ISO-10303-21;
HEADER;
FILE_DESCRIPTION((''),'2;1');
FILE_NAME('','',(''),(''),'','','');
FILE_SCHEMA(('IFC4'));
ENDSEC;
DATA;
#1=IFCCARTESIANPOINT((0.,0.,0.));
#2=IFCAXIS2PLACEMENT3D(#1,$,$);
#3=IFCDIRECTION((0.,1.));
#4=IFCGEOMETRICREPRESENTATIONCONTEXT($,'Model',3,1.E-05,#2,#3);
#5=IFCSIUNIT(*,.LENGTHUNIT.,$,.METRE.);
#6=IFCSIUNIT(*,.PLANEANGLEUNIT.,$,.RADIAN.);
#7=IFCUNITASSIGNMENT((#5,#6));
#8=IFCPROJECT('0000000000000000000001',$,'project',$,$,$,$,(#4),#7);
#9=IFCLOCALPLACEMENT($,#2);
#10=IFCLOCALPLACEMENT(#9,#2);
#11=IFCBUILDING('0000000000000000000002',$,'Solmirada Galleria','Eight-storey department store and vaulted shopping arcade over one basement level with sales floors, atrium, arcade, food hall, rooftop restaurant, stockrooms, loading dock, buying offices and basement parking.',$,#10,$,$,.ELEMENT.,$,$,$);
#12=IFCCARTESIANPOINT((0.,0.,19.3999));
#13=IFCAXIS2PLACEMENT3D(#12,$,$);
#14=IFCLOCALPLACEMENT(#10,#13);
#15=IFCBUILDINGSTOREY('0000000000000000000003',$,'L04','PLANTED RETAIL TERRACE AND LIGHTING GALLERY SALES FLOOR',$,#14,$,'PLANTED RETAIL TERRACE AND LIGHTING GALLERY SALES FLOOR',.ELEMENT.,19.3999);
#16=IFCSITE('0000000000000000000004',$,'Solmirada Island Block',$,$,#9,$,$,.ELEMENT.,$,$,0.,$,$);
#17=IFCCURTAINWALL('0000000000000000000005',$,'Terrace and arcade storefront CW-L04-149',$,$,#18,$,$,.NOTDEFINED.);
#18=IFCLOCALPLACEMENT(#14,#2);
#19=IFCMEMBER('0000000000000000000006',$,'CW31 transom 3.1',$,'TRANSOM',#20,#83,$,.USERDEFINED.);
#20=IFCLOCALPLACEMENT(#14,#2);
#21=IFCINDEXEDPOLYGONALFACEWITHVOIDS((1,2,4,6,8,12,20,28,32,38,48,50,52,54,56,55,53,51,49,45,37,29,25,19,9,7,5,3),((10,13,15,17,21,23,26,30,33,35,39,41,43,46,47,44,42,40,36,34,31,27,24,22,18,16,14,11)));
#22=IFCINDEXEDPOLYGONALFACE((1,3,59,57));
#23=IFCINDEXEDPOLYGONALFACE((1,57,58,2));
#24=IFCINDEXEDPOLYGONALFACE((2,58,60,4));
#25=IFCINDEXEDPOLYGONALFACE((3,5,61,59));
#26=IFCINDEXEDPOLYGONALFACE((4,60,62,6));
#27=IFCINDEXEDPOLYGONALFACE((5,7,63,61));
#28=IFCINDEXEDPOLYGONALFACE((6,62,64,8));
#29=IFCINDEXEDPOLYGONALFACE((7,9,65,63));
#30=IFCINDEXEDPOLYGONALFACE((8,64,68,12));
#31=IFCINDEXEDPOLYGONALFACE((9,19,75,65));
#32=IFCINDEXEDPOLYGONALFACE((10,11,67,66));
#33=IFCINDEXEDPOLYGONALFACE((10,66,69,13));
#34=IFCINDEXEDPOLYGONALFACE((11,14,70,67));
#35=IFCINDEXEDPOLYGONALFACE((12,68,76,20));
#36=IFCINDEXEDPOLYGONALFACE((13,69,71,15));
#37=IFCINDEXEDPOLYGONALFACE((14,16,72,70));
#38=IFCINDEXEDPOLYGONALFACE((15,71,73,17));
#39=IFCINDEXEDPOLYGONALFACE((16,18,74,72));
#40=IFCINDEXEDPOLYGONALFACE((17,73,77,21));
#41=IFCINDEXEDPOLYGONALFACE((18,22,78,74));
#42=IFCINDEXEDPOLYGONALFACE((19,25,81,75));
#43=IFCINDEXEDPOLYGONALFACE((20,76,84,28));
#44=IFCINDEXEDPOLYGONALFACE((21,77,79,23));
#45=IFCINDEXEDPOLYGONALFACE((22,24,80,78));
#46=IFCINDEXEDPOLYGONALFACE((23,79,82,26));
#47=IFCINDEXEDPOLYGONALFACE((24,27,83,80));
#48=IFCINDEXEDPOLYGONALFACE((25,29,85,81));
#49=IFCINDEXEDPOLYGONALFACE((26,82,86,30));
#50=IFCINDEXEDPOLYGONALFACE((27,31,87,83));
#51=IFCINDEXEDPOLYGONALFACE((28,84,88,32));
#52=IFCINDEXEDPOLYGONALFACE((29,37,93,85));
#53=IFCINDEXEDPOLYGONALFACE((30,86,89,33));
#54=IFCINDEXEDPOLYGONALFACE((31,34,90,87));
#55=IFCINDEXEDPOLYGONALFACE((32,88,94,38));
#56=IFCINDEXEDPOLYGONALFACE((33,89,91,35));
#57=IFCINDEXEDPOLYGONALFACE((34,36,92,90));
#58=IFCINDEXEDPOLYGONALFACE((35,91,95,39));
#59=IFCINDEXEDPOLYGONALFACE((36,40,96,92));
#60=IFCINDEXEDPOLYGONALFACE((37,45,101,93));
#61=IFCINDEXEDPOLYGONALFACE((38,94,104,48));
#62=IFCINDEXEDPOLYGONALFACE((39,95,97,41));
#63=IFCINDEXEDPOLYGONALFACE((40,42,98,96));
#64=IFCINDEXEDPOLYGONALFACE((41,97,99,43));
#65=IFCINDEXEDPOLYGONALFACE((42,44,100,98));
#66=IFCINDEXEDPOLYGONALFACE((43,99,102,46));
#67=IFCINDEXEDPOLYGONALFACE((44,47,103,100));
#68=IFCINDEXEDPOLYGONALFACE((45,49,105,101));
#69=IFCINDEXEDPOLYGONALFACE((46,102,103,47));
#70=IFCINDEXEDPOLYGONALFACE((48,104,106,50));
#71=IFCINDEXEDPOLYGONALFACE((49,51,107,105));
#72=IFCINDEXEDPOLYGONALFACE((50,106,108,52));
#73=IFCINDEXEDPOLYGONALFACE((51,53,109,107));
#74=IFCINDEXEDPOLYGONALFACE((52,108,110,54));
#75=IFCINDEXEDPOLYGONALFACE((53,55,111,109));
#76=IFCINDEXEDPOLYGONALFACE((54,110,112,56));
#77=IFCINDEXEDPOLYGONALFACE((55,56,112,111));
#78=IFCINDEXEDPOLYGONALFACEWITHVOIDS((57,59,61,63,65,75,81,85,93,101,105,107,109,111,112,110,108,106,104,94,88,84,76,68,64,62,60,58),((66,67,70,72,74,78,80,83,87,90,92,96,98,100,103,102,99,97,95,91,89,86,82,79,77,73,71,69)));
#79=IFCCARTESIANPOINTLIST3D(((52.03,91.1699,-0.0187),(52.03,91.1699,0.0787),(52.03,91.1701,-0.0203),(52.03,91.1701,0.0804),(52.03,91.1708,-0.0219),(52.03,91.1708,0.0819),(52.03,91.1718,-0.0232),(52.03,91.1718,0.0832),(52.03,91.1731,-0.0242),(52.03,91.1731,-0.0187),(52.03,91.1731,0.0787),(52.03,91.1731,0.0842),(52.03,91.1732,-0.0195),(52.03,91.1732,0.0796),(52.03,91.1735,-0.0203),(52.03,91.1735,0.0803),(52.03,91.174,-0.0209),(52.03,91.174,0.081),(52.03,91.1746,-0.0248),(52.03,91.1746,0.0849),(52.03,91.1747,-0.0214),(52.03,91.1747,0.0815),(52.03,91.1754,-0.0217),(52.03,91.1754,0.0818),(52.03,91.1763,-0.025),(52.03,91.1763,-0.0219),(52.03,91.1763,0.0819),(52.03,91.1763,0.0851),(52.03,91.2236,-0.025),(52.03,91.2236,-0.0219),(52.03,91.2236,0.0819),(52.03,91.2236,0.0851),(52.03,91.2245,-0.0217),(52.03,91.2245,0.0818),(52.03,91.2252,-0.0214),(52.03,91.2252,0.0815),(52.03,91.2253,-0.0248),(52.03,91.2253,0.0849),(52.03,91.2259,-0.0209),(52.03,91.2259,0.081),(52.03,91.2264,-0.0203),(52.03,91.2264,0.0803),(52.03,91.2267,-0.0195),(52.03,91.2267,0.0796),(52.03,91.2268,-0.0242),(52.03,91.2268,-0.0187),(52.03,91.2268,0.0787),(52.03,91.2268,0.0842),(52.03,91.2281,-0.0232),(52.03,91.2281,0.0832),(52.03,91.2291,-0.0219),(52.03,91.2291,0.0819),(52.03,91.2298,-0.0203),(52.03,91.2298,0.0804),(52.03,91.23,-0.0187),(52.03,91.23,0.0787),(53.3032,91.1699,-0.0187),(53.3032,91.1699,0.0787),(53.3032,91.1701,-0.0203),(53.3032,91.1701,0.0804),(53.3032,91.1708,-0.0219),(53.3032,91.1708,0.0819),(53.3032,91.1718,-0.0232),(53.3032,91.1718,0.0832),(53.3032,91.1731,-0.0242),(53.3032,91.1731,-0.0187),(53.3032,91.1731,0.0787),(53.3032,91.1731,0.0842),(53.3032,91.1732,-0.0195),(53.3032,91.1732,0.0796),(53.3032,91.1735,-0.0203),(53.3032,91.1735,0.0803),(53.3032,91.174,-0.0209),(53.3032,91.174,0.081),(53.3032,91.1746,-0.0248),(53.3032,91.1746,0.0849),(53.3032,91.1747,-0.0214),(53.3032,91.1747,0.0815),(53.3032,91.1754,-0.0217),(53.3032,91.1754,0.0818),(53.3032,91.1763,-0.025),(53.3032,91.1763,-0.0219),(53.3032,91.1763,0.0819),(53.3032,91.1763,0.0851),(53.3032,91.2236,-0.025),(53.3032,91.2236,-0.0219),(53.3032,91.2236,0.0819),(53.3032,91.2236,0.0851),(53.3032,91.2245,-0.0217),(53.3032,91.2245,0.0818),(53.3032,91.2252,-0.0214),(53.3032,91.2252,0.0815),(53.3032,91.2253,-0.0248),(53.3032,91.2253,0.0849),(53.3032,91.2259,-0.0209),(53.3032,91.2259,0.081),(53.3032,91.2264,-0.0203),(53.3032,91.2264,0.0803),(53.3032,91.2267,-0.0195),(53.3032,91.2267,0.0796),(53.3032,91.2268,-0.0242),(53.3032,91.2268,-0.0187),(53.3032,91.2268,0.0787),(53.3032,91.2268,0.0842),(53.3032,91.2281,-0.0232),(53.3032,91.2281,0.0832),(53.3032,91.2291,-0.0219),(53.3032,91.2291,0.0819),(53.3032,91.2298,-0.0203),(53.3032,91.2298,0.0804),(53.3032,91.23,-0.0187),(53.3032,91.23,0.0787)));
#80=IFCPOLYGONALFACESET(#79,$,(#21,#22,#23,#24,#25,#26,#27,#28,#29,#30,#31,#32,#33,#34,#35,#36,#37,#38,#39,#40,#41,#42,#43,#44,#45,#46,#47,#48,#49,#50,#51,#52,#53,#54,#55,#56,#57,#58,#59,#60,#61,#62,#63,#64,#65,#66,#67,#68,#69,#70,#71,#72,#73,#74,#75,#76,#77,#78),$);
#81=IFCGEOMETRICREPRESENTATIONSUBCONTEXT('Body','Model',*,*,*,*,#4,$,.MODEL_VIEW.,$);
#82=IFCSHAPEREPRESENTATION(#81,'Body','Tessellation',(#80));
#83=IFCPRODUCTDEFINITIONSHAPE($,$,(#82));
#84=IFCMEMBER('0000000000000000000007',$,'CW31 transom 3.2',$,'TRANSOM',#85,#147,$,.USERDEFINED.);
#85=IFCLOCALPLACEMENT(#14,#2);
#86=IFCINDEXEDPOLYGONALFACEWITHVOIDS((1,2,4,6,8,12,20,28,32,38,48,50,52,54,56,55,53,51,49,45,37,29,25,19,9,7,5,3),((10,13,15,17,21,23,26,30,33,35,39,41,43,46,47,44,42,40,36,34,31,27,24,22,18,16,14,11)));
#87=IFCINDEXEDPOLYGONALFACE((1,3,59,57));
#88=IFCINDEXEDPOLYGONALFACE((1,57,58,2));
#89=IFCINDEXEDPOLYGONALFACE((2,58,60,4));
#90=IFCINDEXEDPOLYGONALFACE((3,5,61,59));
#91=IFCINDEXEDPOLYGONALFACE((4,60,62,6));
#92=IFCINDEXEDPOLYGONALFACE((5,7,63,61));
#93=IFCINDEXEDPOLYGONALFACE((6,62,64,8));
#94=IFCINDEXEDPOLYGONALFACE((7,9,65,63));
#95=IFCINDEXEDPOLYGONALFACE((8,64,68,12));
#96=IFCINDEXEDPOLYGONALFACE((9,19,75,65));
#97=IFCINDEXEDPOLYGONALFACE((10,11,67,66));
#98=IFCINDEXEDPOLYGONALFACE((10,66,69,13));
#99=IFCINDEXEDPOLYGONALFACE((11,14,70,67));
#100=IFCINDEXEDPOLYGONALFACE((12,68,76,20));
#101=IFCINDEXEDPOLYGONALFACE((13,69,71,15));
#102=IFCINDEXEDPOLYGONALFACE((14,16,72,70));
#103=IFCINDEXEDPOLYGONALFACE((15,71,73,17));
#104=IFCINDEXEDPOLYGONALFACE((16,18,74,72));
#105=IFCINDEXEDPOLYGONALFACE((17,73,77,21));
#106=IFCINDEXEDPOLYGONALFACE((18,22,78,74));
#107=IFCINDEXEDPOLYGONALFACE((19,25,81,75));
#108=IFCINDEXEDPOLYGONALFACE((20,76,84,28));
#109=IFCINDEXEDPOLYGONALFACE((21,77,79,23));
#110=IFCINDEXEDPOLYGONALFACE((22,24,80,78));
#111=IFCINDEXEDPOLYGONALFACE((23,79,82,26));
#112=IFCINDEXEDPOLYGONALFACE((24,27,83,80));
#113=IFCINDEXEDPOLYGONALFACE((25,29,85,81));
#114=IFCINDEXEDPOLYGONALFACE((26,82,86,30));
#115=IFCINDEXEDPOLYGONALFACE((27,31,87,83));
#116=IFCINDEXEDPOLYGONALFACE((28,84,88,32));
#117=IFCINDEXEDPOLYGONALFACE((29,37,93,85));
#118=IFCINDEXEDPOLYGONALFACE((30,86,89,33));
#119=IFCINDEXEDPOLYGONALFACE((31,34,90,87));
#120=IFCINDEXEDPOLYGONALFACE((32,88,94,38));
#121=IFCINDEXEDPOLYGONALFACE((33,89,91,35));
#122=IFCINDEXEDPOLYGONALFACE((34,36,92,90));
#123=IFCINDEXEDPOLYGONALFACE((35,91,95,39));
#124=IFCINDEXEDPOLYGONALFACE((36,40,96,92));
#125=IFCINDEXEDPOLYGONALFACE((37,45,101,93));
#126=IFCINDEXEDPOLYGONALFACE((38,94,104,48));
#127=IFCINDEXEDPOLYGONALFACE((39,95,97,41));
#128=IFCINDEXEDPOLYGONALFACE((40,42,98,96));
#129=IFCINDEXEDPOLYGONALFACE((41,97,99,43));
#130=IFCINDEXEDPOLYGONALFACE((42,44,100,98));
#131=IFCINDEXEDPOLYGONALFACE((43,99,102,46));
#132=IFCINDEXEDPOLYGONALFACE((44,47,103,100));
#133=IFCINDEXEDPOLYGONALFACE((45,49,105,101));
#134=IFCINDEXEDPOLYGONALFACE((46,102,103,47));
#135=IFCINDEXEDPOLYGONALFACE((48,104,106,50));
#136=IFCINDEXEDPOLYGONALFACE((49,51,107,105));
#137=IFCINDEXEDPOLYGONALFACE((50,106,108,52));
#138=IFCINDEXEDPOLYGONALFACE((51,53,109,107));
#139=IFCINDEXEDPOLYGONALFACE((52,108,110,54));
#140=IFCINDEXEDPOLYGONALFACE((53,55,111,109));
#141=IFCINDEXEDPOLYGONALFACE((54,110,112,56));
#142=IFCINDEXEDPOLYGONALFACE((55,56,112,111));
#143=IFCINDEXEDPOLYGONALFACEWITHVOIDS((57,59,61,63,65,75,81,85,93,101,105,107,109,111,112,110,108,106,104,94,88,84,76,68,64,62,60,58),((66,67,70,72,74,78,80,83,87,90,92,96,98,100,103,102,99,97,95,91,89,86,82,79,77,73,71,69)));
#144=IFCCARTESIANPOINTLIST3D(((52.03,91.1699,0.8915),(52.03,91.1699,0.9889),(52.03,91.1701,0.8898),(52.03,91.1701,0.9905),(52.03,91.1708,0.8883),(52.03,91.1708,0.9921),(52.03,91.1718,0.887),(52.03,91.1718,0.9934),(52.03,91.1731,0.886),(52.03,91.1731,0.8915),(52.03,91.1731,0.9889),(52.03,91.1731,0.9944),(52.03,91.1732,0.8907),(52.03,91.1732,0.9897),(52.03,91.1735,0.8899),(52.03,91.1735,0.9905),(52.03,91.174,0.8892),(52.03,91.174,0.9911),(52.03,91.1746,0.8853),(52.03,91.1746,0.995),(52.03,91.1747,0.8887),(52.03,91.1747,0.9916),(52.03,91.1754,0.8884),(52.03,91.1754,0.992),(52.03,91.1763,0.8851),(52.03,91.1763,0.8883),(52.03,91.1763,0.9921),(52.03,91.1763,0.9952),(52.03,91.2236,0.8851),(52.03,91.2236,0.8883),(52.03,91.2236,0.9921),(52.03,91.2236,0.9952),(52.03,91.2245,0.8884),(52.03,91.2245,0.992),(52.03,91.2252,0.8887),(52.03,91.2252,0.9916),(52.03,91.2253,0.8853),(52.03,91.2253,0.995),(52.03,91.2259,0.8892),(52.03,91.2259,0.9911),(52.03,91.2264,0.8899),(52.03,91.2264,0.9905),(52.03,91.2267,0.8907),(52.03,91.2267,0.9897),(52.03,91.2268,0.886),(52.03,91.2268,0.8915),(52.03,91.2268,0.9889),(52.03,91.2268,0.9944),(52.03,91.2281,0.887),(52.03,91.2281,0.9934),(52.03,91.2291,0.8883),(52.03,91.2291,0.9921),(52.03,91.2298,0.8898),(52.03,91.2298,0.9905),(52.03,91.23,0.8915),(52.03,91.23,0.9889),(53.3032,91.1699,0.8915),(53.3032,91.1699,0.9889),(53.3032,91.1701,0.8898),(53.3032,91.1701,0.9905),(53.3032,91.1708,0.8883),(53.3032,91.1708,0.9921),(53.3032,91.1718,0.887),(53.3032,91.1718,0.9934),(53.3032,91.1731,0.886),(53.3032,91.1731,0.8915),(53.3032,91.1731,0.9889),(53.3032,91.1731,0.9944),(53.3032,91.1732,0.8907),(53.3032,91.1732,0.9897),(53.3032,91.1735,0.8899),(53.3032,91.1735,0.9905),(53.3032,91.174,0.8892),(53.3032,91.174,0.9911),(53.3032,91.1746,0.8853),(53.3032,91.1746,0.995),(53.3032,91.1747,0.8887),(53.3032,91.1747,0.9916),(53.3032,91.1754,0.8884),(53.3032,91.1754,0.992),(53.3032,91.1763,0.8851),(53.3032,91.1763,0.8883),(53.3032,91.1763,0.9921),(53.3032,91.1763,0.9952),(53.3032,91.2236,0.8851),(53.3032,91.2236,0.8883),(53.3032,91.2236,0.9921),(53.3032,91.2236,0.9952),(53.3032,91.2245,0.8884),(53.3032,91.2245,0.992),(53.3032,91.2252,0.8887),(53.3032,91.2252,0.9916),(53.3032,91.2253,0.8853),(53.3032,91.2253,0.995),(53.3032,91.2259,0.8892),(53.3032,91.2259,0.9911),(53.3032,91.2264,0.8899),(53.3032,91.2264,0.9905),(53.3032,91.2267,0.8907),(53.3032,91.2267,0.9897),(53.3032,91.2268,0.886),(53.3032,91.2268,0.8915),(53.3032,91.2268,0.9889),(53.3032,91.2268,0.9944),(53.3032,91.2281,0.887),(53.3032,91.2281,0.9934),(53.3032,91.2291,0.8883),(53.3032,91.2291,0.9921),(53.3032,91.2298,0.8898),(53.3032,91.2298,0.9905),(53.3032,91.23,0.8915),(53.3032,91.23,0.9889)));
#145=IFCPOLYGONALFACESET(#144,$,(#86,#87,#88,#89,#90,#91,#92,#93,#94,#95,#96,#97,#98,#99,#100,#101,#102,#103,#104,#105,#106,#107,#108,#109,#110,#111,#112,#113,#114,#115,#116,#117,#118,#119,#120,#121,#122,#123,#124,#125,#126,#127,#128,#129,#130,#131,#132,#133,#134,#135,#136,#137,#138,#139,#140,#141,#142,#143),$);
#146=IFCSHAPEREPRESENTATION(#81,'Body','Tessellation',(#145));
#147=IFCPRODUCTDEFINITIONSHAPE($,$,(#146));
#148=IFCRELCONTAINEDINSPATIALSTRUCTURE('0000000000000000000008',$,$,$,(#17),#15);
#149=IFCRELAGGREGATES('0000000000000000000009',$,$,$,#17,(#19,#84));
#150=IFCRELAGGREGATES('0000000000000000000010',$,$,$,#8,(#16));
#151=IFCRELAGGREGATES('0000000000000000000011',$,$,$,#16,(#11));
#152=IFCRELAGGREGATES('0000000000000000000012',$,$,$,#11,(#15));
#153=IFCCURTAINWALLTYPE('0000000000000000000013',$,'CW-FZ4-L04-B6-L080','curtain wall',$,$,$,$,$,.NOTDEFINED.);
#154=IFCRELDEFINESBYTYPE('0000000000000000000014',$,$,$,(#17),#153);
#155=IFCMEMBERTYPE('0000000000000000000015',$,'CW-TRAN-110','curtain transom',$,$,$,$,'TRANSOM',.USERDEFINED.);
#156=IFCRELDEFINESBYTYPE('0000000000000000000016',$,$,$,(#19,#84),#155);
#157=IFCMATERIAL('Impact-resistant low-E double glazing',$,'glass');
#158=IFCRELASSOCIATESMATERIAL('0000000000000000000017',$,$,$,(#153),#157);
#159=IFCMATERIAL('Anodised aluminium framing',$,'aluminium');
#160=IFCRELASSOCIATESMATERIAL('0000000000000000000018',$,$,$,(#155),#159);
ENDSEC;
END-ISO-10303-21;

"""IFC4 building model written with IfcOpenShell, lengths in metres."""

from ifc_helpers import new_model, si_unit, direction, frame, origin, origin_2d, place, context, subcontext, project, spatial, hollow_rectangle, extrude, material, material_profile, profile_set, type_object, element, aggregate, save


model = new_model("IFC4")

# Units and contexts
model_context = context("Model", 3, precision=1e-05, world=origin(), true_north=direction((0.0, 1.0)))
body_context = subcontext(model_context, "Body", "Model", "MODEL_VIEW")
ifc_project = project(units=[si_unit("LENGTHUNIT", "METRE"), si_unit("PLANEANGLEUNIT", "RADIAN")], contexts=[model_context])

# Site, building, storey
site_placement = place(None, origin())
site = spatial("IfcSite", under=ifc_project, at=site_placement, Name="Solmirada Island Block", CompositionType="ELEMENT", RefElevation=0.0)
building_placement = place(site_placement, origin())
building = spatial("IfcBuilding", under=site, at=building_placement, Name="Solmirada Galleria", Description="Eight-storey department store and vaulted shopping arcade over one basement level with sales floors, atrium, arcade, food hall, rooftop restaurant, stockrooms, loading dock, buying offices and basement parking.", CompositionType="ELEMENT")
storey_placement = place(building_placement, frame((0.0, 0.0, 19.3999)))
storey = spatial("IfcBuildingStorey", under=building, at=storey_placement, Name="L04", Description="PLANTED RETAIL TERRACE AND LIGHTING GALLERY SALES FLOOR", LongName="PLANTED RETAIL TERRACE AND LIGHTING GALLERY SALES FLOOR", CompositionType="ELEMENT", Elevation=19.3999)

# Curtain wall, members
ifc_material_1 = material(Name="Impact-resistant low-E double glazing", Category="glass")
curtain_wall_type = type_object("IfcCurtainWallType", Name="CW-FZ4-L04-B6-L080", Description="curtain wall", PredefinedType="NOTDEFINED", material=ifc_material_1)
curtain_wall_placement = place(storey_placement, origin())
curtain_wall = element("IfcCurtainWall", 1, at=curtain_wall_placement, inside=storey, type_object=curtain_wall_type, Name="Terrace and arcade storefront CW-L04-149", PredefinedType="NOTDEFINED")
ifc_material_2 = material(Name="Anodised aluminium framing", Category="aluminium")
ifc_material_profile_1 = material_profile(ifc_material_2, hollow_rectangle(XDim=0.0601, YDim=0.1101, WallThickness=0.0032, InnerFilletRadius=0.0032, OuterFilletRadius=0.0063, at=origin_2d()), Name="ALU-TRAN-110X60")
ifc_profile_set_1 = profile_set([ifc_material_profile_1], Name="Anodised aluminium framing")
member_type_1 = type_object("IfcMemberType", Name="CW-TRAN-110", Description="curtain transom", ElementType="TRANSOM", PredefinedType="USERDEFINED", material=ifc_profile_set_1)
member_1_placement = place(storey_placement, frame((53.3032, 91.2, 0.03), z_axis=(-1.0, 0.0, 0.0), x_axis=(0.0, -1.0, 0.0)))
member_1 = element("IfcMember", 2, at=member_1_placement, type_object=member_type_1, Name="CW31 transom 3.1", ObjectType="TRANSOM", PredefinedType="USERDEFINED", context=body_context, shape_type="SweptSolid", body=[
    extrude(hollow_rectangle(XDim=0.0601, YDim=0.1101, WallThickness=0.0032, InnerFilletRadius=0.0032, OuterFilletRadius=0.0063, at=origin_2d()), origin(), (0.0, 0.0, 1.0), 1.2732),
])
member_2_placement = place(storey_placement, frame((53.3032, 91.2, 0.9402), z_axis=(-1.0, 0.0, 0.0), x_axis=(0.0, -1.0, 0.0)))
member_2 = element("IfcMember", 3, at=member_2_placement, type_object=member_type_1, Name="CW31 transom 3.2", ObjectType="TRANSOM", PredefinedType="USERDEFINED", context=body_context, shape_type="SweptSolid", body=[
    extrude(hollow_rectangle(XDim=0.0601, YDim=0.1101, WallThickness=0.0032, InnerFilletRadius=0.0032, OuterFilletRadius=0.0063, at=origin_2d()), origin(), (0.0, 0.0, 1.0), 1.2732),
])
aggregate(curtain_wall, [member_1, member_2])

save(model, "model.ifc")
